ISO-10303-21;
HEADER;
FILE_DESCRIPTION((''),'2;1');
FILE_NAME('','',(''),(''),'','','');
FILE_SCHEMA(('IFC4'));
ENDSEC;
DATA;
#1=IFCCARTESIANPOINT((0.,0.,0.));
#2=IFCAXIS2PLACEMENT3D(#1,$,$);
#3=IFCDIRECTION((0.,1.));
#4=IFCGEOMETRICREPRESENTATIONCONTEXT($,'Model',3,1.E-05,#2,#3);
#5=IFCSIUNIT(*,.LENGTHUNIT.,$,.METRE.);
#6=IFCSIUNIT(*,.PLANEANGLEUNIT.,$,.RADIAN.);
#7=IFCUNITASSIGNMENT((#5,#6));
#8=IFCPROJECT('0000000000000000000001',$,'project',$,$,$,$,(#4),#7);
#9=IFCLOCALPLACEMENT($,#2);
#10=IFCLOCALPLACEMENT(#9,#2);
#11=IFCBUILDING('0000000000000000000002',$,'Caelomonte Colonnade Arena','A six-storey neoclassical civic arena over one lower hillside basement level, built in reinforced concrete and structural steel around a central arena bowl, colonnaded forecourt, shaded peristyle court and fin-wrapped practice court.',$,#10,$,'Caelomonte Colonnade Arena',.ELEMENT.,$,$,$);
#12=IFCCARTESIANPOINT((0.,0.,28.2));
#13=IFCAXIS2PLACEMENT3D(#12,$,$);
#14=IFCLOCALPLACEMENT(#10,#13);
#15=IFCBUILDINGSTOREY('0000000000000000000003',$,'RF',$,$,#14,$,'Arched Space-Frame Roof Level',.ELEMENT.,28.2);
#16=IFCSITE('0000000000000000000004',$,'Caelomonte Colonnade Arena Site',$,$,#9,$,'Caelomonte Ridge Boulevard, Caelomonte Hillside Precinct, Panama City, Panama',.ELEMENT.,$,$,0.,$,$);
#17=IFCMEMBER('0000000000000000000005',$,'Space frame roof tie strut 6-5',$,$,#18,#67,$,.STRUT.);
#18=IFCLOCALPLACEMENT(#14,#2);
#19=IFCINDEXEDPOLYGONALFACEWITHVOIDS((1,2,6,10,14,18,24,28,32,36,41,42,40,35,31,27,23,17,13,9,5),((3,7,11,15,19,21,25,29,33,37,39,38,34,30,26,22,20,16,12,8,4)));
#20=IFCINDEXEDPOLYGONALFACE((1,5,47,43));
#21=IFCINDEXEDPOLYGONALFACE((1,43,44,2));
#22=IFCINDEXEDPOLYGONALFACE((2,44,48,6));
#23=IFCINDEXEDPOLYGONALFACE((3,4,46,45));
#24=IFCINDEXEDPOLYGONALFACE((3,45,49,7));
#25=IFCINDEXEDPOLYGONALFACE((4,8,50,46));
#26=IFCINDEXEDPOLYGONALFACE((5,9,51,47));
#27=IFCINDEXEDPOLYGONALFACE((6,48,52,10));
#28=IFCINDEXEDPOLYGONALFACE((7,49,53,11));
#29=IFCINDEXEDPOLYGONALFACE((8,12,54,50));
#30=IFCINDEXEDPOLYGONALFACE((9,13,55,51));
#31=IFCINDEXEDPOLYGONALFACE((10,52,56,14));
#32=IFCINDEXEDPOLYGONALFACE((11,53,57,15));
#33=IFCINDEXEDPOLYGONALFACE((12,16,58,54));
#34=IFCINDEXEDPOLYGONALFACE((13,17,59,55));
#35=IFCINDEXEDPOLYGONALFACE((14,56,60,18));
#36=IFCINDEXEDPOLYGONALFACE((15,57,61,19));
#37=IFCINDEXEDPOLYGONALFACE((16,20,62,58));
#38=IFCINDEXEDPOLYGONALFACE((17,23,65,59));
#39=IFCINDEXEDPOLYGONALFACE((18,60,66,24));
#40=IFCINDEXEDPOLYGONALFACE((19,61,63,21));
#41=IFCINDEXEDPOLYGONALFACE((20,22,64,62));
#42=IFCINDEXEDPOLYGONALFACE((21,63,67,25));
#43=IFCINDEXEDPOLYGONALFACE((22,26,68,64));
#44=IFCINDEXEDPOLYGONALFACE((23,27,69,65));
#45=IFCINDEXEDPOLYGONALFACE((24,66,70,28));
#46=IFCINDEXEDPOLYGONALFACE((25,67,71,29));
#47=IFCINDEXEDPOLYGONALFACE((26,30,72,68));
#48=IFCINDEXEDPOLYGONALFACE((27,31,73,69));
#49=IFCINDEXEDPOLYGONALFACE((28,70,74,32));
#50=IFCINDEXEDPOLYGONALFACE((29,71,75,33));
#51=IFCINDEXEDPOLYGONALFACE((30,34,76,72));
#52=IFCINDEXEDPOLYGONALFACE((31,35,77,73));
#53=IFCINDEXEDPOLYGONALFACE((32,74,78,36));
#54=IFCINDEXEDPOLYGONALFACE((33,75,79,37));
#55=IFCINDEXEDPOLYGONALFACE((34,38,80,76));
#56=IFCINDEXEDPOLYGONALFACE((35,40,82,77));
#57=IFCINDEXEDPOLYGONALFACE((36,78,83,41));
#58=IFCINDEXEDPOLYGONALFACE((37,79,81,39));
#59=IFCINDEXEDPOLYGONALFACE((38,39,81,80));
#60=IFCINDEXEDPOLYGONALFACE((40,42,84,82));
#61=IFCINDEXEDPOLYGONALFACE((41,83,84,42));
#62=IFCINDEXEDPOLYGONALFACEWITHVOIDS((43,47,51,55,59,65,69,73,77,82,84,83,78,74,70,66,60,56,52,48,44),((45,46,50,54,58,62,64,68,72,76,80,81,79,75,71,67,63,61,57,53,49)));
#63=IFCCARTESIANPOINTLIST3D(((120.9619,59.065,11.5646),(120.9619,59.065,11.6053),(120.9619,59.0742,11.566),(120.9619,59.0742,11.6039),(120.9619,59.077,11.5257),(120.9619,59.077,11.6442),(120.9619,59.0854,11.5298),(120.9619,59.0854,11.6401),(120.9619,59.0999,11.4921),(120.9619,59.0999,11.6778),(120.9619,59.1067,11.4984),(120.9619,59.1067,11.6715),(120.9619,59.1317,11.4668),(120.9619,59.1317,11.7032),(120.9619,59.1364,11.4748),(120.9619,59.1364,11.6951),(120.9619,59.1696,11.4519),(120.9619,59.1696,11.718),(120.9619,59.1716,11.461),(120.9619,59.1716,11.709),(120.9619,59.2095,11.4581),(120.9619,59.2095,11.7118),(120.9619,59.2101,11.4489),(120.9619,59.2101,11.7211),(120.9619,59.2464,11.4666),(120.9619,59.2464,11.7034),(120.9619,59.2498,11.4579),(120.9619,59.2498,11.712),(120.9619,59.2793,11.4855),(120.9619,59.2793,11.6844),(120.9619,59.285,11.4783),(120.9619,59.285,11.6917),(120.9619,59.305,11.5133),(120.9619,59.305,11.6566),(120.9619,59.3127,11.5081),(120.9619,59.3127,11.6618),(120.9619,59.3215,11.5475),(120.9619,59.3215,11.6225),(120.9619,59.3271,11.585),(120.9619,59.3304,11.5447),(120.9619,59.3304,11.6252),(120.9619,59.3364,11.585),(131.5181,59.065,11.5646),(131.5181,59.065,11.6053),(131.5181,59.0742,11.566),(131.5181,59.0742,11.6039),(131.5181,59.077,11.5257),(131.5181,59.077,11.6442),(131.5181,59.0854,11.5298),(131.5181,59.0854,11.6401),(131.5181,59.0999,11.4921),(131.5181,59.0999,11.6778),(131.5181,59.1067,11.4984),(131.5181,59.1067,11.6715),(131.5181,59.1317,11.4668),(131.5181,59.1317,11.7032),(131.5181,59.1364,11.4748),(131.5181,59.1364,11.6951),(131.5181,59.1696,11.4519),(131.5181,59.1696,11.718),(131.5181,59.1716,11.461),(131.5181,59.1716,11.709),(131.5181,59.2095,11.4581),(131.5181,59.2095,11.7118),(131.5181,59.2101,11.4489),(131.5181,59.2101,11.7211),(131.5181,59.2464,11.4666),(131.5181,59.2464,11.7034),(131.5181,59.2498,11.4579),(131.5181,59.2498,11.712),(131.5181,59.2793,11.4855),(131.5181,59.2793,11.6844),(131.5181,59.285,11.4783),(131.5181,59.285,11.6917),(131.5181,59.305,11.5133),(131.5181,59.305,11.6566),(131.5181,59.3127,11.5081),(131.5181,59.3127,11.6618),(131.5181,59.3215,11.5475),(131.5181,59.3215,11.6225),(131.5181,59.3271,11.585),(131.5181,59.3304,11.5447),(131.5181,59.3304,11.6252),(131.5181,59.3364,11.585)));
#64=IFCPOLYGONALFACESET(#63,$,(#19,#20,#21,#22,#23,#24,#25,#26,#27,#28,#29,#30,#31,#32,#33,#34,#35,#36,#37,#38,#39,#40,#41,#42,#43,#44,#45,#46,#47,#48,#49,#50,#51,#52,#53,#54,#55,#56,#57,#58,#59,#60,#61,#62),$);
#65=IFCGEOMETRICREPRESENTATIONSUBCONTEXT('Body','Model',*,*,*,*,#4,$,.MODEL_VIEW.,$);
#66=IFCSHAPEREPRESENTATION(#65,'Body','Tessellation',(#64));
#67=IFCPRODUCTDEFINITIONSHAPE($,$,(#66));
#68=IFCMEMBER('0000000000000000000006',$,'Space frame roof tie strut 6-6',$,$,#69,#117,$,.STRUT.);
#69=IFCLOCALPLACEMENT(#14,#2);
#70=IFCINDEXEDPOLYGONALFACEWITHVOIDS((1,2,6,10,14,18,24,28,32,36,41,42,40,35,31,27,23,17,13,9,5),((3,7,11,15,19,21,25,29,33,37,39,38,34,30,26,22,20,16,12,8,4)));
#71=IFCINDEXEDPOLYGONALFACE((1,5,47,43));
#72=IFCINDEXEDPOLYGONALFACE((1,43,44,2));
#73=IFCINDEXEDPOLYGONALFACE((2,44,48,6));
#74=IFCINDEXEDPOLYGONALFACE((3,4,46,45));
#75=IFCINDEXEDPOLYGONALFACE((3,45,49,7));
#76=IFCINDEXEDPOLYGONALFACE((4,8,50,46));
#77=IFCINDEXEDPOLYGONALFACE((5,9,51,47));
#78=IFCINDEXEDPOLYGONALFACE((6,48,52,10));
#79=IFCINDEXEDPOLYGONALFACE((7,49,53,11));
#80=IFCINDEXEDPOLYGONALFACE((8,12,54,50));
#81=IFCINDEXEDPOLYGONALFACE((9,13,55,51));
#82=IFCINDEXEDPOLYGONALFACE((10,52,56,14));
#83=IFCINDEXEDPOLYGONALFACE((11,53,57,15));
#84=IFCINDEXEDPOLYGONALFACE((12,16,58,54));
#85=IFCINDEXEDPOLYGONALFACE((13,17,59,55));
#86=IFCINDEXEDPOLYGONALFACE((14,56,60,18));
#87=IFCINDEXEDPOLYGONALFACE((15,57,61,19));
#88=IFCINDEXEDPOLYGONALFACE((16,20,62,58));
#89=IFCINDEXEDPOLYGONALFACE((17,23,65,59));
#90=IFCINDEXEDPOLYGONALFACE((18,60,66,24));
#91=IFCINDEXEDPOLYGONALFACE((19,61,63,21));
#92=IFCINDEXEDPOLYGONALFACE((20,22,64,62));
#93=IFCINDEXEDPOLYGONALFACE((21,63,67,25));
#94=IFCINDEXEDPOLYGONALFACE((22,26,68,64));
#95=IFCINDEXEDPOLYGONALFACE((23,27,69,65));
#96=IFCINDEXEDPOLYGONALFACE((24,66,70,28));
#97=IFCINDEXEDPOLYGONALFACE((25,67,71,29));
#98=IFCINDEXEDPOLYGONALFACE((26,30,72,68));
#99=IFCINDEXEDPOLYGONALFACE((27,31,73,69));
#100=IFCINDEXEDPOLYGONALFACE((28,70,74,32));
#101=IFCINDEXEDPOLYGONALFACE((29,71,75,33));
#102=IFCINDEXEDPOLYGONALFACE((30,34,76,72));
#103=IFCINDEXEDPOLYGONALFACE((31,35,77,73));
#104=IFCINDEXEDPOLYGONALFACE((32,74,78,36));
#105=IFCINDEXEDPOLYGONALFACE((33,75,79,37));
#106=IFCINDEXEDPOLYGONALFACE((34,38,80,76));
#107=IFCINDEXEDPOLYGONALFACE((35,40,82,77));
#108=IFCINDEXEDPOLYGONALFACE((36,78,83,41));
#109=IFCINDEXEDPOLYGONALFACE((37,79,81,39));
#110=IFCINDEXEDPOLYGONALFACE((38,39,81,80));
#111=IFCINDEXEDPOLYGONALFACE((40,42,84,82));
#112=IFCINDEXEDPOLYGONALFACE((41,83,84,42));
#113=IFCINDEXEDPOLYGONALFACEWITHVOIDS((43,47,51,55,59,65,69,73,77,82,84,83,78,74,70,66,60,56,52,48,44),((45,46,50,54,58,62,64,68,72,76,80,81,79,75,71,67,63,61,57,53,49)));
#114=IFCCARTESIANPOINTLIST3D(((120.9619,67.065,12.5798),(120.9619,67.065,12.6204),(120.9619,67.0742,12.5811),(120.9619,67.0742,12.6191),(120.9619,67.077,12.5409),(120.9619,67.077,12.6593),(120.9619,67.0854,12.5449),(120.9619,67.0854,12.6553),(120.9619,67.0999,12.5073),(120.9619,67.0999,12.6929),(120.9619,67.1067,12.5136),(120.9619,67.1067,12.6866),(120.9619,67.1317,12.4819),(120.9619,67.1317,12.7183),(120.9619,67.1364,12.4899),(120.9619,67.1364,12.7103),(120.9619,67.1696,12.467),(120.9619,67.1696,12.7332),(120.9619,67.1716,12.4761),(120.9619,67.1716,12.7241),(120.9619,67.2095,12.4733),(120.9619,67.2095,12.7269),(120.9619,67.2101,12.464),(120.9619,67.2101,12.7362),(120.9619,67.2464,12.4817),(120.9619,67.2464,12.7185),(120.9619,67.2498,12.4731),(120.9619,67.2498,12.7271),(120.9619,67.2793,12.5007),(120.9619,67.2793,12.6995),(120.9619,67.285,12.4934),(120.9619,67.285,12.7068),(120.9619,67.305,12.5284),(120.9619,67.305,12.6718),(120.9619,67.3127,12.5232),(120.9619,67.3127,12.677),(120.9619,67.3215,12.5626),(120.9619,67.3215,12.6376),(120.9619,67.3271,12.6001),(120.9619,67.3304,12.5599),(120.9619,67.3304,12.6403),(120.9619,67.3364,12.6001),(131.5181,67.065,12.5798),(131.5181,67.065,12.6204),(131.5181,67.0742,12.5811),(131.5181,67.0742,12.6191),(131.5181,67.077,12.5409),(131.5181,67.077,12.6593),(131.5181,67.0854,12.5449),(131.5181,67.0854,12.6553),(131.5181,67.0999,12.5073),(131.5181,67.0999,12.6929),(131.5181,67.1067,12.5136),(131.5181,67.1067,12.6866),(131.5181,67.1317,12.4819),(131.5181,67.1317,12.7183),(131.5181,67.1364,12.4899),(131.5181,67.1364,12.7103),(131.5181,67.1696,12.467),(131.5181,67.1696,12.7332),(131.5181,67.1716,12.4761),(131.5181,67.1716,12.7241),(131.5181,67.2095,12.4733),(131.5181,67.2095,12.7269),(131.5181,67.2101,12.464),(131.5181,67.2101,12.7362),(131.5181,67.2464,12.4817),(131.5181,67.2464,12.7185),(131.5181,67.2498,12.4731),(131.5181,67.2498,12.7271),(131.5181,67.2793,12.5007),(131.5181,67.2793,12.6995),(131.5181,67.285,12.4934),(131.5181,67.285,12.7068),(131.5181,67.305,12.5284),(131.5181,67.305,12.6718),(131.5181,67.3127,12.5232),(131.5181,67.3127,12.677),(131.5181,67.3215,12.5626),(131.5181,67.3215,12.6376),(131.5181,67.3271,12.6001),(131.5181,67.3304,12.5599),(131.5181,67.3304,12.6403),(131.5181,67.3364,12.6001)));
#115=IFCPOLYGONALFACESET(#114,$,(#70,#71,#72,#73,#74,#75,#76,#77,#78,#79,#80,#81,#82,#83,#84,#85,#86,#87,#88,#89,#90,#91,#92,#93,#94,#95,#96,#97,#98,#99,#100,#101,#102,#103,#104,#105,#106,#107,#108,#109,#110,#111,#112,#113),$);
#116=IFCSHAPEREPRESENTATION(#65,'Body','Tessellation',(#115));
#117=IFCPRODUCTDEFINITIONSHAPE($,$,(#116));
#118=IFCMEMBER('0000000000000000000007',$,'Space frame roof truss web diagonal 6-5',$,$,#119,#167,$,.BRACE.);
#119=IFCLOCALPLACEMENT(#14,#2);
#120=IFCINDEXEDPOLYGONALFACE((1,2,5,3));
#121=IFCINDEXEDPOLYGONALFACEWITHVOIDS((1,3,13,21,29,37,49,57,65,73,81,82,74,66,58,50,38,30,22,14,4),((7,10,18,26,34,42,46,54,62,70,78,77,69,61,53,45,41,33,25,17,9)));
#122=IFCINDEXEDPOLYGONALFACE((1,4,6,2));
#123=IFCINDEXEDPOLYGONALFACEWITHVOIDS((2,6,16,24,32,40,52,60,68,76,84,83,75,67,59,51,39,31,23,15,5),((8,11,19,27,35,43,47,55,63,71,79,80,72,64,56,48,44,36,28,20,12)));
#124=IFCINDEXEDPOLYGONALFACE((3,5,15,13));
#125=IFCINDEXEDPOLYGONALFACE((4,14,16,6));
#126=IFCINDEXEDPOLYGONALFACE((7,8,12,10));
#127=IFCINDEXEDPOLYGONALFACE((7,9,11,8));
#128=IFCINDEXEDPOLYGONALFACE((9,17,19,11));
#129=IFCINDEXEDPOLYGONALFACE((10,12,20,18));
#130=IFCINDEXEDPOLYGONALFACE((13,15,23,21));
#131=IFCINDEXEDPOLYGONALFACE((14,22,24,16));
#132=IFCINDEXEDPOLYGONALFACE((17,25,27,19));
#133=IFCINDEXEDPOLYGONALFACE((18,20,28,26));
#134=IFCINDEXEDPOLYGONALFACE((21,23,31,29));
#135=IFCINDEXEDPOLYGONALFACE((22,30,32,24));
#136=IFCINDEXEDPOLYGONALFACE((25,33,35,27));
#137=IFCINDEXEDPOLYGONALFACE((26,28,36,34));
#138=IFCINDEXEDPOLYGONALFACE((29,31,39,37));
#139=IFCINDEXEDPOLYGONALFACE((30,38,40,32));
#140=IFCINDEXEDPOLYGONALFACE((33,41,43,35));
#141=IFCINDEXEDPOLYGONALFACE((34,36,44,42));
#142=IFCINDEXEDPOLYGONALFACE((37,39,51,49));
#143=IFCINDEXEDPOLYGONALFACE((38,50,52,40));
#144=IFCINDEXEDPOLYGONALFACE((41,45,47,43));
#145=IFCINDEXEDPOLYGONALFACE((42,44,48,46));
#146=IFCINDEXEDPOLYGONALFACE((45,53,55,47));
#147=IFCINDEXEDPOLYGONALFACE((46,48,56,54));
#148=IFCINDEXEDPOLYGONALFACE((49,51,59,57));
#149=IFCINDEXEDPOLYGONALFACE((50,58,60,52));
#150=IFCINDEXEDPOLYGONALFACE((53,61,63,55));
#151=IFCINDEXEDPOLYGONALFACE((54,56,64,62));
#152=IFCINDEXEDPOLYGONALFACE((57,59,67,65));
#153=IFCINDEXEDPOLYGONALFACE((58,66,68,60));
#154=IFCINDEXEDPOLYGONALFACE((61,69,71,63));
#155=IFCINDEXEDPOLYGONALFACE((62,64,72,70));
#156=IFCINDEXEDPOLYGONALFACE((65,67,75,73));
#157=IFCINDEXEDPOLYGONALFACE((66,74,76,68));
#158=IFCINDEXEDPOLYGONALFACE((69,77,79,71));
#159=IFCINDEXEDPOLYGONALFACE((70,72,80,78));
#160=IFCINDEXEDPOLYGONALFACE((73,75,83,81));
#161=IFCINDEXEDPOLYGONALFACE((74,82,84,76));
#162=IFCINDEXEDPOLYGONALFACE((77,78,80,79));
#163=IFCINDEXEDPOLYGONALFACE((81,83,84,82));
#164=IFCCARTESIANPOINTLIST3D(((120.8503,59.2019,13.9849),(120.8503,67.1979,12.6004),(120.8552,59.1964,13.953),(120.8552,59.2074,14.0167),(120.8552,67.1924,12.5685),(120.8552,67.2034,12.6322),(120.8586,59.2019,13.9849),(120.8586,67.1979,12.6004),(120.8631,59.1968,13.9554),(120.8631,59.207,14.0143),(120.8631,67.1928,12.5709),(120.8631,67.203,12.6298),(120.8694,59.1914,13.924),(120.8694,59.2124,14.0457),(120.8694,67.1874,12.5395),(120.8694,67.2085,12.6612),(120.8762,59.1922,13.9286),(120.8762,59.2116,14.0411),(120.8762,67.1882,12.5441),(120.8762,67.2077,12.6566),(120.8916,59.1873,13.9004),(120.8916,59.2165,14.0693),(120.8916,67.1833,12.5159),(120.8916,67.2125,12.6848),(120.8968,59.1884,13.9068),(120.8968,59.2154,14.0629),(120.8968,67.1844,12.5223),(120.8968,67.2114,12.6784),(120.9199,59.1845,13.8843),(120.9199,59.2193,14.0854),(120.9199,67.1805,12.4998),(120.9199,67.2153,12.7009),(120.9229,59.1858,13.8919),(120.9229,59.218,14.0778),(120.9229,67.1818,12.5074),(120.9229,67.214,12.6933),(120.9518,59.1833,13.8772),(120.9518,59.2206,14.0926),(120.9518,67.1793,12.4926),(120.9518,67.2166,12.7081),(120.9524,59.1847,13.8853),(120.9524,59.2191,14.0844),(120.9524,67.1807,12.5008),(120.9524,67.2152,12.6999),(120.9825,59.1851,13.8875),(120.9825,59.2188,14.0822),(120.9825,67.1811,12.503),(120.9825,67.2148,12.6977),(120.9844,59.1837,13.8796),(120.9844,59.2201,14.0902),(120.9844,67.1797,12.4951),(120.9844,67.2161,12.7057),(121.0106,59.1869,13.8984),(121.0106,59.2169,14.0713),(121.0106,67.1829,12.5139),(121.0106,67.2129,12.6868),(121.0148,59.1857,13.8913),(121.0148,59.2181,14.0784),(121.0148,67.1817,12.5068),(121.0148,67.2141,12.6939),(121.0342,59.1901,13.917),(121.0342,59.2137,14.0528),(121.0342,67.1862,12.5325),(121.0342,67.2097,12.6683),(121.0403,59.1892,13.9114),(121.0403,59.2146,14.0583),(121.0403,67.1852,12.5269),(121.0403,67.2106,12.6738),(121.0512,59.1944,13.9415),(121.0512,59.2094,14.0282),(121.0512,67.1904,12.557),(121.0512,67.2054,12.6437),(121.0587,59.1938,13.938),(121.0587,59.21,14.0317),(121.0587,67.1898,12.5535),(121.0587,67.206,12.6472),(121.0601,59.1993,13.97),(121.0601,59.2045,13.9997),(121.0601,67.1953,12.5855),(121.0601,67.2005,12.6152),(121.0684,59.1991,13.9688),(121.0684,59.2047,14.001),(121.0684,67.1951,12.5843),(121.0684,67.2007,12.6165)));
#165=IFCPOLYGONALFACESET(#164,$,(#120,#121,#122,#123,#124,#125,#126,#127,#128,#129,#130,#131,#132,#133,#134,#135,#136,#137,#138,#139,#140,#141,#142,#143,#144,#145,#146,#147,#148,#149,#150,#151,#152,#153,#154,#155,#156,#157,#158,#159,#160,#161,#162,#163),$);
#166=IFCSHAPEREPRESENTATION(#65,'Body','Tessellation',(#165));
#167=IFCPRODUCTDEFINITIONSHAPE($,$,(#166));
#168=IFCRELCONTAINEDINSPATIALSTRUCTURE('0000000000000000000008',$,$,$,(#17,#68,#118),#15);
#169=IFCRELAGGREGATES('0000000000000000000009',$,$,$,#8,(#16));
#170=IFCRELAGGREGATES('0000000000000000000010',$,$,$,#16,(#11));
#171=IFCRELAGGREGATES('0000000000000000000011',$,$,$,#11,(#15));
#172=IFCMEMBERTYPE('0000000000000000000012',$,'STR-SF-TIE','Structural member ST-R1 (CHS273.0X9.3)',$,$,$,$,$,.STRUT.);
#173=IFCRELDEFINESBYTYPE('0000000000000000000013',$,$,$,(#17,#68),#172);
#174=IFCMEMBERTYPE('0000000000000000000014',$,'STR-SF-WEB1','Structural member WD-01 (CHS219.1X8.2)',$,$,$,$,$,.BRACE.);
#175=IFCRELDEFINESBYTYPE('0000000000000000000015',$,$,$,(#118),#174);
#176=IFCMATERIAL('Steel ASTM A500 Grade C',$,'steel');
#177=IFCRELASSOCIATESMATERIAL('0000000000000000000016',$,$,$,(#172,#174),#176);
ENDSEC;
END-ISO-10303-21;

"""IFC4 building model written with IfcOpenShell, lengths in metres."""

from ifc_helpers import new_model, si_unit, direction, frame, origin, origin_2d, place, context, subcontext, project, spatial, hollow_circle, extrude, material, material_profile, profile_set, type_object, element, save


model = new_model("IFC4")

# Units and contexts
model_context = context("Model", 3, precision=1e-05, world=origin(), true_north=direction((0.0, 1.0)))
body_context = subcontext(model_context, "Body", "Model", "MODEL_VIEW")
ifc_project = project(units=[si_unit("LENGTHUNIT", "METRE"), si_unit("PLANEANGLEUNIT", "RADIAN")], contexts=[model_context])

# Site, building, storey
site_placement = place(None, origin())
site = spatial("IfcSite", under=ifc_project, at=site_placement, Name="Caelomonte Colonnade Arena Site", LongName="Caelomonte Ridge Boulevard, Caelomonte Hillside Precinct, Panama City, Panama", CompositionType="ELEMENT", RefElevation=0.0)
building_placement = place(site_placement, origin())
building = spatial("IfcBuilding", under=site, at=building_placement, Name="Caelomonte Colonnade Arena", Description="A six-storey neoclassical civic arena over one lower hillside basement level, built in reinforced concrete and structural steel around a central arena bowl, colonnaded forecourt, shaded peristyle court and fin-wrapped practice court.", LongName="Caelomonte Colonnade Arena", CompositionType="ELEMENT")
storey_placement = place(building_placement, frame((0.0, 0.0, 28.2)))
storey = spatial("IfcBuildingStorey", under=building, at=storey_placement, Name="RF", LongName="Arched Space-Frame Roof Level", CompositionType="ELEMENT", Elevation=28.2)

# Members
ifc_material_1 = material(Name="Steel ASTM A500 Grade C", Category="steel")
ifc_material_profile_1 = material_profile(ifc_material_1, hollow_circle(Radius=0.1365, WallThickness=0.0093, at=origin_2d()), Name="CHS273.0X9.3")
ifc_profile_set_1 = profile_set([ifc_material_profile_1], Name="Steel ASTM A500 Grade C")
member_type_1 = type_object("IfcMemberType", Name="STR-SF-TIE", Description="Structural member ST-R1 (CHS273.0X9.3)", PredefinedType="STRUT", material=ifc_profile_set_1)
for number, where, z_axis, x_axis, name in (
    (1, (120.9619, 59.2, 11.585), (1.0, 0.0, 0.0), (0.0, 1.0, 0.0), "Space frame roof tie strut 6-5"),
    (2, (120.9619, 67.2, 12.6001), (1.0, 0.0, 0.0), (0.0, 1.0, 0.0), "Space frame roof tie strut 6-6"),
):
    element("IfcMember", number, at=place(storey_placement, frame(where, z_axis=z_axis, x_axis=x_axis)), inside=storey, type_object=member_type_1, Name=name, PredefinedType="STRUT", context=body_context, shape_type="SweptSolid", body=[
        extrude(hollow_circle(Radius=0.1365, WallThickness=0.0093, at=origin_2d()), origin(), (0.0, 0.0, 1.0), 10.5562),
    ])
ifc_material_profile_2 = material_profile(ifc_material_1, hollow_circle(Radius=0.1096, WallThickness=0.0083, at=origin_2d()), Name="CHS219.1X8.2")
ifc_profile_set_2 = profile_set([ifc_material_profile_2], Name="Steel ASTM A500 Grade C")
member_type_2 = type_object("IfcMemberType", Name="STR-SF-WEB1", Description="Structural member WD-01 (CHS219.1X8.2)", PredefinedType="BRACE", material=ifc_profile_set_2)
for number, where, z_axis, x_axis, name in (
    (3, (120.96, 59.2019, 13.9849), (0.0, 0.985338, -0.170611), (-1.0, 0.0, 0.0), "Space frame roof truss web diagonal 6-5"),
):
    element("IfcMember", number, at=place(storey_placement, frame(where, z_axis=z_axis, x_axis=x_axis)), inside=storey, type_object=member_type_2, Name=name, PredefinedType="BRACE", context=body_context, shape_type="SweptSolid", body=[
        extrude(hollow_circle(Radius=0.1096, WallThickness=0.0083, at=origin_2d()), origin(), (0.0, 0.0, 1.0), 8.115),
    ])

save(model, "model.ifc")
